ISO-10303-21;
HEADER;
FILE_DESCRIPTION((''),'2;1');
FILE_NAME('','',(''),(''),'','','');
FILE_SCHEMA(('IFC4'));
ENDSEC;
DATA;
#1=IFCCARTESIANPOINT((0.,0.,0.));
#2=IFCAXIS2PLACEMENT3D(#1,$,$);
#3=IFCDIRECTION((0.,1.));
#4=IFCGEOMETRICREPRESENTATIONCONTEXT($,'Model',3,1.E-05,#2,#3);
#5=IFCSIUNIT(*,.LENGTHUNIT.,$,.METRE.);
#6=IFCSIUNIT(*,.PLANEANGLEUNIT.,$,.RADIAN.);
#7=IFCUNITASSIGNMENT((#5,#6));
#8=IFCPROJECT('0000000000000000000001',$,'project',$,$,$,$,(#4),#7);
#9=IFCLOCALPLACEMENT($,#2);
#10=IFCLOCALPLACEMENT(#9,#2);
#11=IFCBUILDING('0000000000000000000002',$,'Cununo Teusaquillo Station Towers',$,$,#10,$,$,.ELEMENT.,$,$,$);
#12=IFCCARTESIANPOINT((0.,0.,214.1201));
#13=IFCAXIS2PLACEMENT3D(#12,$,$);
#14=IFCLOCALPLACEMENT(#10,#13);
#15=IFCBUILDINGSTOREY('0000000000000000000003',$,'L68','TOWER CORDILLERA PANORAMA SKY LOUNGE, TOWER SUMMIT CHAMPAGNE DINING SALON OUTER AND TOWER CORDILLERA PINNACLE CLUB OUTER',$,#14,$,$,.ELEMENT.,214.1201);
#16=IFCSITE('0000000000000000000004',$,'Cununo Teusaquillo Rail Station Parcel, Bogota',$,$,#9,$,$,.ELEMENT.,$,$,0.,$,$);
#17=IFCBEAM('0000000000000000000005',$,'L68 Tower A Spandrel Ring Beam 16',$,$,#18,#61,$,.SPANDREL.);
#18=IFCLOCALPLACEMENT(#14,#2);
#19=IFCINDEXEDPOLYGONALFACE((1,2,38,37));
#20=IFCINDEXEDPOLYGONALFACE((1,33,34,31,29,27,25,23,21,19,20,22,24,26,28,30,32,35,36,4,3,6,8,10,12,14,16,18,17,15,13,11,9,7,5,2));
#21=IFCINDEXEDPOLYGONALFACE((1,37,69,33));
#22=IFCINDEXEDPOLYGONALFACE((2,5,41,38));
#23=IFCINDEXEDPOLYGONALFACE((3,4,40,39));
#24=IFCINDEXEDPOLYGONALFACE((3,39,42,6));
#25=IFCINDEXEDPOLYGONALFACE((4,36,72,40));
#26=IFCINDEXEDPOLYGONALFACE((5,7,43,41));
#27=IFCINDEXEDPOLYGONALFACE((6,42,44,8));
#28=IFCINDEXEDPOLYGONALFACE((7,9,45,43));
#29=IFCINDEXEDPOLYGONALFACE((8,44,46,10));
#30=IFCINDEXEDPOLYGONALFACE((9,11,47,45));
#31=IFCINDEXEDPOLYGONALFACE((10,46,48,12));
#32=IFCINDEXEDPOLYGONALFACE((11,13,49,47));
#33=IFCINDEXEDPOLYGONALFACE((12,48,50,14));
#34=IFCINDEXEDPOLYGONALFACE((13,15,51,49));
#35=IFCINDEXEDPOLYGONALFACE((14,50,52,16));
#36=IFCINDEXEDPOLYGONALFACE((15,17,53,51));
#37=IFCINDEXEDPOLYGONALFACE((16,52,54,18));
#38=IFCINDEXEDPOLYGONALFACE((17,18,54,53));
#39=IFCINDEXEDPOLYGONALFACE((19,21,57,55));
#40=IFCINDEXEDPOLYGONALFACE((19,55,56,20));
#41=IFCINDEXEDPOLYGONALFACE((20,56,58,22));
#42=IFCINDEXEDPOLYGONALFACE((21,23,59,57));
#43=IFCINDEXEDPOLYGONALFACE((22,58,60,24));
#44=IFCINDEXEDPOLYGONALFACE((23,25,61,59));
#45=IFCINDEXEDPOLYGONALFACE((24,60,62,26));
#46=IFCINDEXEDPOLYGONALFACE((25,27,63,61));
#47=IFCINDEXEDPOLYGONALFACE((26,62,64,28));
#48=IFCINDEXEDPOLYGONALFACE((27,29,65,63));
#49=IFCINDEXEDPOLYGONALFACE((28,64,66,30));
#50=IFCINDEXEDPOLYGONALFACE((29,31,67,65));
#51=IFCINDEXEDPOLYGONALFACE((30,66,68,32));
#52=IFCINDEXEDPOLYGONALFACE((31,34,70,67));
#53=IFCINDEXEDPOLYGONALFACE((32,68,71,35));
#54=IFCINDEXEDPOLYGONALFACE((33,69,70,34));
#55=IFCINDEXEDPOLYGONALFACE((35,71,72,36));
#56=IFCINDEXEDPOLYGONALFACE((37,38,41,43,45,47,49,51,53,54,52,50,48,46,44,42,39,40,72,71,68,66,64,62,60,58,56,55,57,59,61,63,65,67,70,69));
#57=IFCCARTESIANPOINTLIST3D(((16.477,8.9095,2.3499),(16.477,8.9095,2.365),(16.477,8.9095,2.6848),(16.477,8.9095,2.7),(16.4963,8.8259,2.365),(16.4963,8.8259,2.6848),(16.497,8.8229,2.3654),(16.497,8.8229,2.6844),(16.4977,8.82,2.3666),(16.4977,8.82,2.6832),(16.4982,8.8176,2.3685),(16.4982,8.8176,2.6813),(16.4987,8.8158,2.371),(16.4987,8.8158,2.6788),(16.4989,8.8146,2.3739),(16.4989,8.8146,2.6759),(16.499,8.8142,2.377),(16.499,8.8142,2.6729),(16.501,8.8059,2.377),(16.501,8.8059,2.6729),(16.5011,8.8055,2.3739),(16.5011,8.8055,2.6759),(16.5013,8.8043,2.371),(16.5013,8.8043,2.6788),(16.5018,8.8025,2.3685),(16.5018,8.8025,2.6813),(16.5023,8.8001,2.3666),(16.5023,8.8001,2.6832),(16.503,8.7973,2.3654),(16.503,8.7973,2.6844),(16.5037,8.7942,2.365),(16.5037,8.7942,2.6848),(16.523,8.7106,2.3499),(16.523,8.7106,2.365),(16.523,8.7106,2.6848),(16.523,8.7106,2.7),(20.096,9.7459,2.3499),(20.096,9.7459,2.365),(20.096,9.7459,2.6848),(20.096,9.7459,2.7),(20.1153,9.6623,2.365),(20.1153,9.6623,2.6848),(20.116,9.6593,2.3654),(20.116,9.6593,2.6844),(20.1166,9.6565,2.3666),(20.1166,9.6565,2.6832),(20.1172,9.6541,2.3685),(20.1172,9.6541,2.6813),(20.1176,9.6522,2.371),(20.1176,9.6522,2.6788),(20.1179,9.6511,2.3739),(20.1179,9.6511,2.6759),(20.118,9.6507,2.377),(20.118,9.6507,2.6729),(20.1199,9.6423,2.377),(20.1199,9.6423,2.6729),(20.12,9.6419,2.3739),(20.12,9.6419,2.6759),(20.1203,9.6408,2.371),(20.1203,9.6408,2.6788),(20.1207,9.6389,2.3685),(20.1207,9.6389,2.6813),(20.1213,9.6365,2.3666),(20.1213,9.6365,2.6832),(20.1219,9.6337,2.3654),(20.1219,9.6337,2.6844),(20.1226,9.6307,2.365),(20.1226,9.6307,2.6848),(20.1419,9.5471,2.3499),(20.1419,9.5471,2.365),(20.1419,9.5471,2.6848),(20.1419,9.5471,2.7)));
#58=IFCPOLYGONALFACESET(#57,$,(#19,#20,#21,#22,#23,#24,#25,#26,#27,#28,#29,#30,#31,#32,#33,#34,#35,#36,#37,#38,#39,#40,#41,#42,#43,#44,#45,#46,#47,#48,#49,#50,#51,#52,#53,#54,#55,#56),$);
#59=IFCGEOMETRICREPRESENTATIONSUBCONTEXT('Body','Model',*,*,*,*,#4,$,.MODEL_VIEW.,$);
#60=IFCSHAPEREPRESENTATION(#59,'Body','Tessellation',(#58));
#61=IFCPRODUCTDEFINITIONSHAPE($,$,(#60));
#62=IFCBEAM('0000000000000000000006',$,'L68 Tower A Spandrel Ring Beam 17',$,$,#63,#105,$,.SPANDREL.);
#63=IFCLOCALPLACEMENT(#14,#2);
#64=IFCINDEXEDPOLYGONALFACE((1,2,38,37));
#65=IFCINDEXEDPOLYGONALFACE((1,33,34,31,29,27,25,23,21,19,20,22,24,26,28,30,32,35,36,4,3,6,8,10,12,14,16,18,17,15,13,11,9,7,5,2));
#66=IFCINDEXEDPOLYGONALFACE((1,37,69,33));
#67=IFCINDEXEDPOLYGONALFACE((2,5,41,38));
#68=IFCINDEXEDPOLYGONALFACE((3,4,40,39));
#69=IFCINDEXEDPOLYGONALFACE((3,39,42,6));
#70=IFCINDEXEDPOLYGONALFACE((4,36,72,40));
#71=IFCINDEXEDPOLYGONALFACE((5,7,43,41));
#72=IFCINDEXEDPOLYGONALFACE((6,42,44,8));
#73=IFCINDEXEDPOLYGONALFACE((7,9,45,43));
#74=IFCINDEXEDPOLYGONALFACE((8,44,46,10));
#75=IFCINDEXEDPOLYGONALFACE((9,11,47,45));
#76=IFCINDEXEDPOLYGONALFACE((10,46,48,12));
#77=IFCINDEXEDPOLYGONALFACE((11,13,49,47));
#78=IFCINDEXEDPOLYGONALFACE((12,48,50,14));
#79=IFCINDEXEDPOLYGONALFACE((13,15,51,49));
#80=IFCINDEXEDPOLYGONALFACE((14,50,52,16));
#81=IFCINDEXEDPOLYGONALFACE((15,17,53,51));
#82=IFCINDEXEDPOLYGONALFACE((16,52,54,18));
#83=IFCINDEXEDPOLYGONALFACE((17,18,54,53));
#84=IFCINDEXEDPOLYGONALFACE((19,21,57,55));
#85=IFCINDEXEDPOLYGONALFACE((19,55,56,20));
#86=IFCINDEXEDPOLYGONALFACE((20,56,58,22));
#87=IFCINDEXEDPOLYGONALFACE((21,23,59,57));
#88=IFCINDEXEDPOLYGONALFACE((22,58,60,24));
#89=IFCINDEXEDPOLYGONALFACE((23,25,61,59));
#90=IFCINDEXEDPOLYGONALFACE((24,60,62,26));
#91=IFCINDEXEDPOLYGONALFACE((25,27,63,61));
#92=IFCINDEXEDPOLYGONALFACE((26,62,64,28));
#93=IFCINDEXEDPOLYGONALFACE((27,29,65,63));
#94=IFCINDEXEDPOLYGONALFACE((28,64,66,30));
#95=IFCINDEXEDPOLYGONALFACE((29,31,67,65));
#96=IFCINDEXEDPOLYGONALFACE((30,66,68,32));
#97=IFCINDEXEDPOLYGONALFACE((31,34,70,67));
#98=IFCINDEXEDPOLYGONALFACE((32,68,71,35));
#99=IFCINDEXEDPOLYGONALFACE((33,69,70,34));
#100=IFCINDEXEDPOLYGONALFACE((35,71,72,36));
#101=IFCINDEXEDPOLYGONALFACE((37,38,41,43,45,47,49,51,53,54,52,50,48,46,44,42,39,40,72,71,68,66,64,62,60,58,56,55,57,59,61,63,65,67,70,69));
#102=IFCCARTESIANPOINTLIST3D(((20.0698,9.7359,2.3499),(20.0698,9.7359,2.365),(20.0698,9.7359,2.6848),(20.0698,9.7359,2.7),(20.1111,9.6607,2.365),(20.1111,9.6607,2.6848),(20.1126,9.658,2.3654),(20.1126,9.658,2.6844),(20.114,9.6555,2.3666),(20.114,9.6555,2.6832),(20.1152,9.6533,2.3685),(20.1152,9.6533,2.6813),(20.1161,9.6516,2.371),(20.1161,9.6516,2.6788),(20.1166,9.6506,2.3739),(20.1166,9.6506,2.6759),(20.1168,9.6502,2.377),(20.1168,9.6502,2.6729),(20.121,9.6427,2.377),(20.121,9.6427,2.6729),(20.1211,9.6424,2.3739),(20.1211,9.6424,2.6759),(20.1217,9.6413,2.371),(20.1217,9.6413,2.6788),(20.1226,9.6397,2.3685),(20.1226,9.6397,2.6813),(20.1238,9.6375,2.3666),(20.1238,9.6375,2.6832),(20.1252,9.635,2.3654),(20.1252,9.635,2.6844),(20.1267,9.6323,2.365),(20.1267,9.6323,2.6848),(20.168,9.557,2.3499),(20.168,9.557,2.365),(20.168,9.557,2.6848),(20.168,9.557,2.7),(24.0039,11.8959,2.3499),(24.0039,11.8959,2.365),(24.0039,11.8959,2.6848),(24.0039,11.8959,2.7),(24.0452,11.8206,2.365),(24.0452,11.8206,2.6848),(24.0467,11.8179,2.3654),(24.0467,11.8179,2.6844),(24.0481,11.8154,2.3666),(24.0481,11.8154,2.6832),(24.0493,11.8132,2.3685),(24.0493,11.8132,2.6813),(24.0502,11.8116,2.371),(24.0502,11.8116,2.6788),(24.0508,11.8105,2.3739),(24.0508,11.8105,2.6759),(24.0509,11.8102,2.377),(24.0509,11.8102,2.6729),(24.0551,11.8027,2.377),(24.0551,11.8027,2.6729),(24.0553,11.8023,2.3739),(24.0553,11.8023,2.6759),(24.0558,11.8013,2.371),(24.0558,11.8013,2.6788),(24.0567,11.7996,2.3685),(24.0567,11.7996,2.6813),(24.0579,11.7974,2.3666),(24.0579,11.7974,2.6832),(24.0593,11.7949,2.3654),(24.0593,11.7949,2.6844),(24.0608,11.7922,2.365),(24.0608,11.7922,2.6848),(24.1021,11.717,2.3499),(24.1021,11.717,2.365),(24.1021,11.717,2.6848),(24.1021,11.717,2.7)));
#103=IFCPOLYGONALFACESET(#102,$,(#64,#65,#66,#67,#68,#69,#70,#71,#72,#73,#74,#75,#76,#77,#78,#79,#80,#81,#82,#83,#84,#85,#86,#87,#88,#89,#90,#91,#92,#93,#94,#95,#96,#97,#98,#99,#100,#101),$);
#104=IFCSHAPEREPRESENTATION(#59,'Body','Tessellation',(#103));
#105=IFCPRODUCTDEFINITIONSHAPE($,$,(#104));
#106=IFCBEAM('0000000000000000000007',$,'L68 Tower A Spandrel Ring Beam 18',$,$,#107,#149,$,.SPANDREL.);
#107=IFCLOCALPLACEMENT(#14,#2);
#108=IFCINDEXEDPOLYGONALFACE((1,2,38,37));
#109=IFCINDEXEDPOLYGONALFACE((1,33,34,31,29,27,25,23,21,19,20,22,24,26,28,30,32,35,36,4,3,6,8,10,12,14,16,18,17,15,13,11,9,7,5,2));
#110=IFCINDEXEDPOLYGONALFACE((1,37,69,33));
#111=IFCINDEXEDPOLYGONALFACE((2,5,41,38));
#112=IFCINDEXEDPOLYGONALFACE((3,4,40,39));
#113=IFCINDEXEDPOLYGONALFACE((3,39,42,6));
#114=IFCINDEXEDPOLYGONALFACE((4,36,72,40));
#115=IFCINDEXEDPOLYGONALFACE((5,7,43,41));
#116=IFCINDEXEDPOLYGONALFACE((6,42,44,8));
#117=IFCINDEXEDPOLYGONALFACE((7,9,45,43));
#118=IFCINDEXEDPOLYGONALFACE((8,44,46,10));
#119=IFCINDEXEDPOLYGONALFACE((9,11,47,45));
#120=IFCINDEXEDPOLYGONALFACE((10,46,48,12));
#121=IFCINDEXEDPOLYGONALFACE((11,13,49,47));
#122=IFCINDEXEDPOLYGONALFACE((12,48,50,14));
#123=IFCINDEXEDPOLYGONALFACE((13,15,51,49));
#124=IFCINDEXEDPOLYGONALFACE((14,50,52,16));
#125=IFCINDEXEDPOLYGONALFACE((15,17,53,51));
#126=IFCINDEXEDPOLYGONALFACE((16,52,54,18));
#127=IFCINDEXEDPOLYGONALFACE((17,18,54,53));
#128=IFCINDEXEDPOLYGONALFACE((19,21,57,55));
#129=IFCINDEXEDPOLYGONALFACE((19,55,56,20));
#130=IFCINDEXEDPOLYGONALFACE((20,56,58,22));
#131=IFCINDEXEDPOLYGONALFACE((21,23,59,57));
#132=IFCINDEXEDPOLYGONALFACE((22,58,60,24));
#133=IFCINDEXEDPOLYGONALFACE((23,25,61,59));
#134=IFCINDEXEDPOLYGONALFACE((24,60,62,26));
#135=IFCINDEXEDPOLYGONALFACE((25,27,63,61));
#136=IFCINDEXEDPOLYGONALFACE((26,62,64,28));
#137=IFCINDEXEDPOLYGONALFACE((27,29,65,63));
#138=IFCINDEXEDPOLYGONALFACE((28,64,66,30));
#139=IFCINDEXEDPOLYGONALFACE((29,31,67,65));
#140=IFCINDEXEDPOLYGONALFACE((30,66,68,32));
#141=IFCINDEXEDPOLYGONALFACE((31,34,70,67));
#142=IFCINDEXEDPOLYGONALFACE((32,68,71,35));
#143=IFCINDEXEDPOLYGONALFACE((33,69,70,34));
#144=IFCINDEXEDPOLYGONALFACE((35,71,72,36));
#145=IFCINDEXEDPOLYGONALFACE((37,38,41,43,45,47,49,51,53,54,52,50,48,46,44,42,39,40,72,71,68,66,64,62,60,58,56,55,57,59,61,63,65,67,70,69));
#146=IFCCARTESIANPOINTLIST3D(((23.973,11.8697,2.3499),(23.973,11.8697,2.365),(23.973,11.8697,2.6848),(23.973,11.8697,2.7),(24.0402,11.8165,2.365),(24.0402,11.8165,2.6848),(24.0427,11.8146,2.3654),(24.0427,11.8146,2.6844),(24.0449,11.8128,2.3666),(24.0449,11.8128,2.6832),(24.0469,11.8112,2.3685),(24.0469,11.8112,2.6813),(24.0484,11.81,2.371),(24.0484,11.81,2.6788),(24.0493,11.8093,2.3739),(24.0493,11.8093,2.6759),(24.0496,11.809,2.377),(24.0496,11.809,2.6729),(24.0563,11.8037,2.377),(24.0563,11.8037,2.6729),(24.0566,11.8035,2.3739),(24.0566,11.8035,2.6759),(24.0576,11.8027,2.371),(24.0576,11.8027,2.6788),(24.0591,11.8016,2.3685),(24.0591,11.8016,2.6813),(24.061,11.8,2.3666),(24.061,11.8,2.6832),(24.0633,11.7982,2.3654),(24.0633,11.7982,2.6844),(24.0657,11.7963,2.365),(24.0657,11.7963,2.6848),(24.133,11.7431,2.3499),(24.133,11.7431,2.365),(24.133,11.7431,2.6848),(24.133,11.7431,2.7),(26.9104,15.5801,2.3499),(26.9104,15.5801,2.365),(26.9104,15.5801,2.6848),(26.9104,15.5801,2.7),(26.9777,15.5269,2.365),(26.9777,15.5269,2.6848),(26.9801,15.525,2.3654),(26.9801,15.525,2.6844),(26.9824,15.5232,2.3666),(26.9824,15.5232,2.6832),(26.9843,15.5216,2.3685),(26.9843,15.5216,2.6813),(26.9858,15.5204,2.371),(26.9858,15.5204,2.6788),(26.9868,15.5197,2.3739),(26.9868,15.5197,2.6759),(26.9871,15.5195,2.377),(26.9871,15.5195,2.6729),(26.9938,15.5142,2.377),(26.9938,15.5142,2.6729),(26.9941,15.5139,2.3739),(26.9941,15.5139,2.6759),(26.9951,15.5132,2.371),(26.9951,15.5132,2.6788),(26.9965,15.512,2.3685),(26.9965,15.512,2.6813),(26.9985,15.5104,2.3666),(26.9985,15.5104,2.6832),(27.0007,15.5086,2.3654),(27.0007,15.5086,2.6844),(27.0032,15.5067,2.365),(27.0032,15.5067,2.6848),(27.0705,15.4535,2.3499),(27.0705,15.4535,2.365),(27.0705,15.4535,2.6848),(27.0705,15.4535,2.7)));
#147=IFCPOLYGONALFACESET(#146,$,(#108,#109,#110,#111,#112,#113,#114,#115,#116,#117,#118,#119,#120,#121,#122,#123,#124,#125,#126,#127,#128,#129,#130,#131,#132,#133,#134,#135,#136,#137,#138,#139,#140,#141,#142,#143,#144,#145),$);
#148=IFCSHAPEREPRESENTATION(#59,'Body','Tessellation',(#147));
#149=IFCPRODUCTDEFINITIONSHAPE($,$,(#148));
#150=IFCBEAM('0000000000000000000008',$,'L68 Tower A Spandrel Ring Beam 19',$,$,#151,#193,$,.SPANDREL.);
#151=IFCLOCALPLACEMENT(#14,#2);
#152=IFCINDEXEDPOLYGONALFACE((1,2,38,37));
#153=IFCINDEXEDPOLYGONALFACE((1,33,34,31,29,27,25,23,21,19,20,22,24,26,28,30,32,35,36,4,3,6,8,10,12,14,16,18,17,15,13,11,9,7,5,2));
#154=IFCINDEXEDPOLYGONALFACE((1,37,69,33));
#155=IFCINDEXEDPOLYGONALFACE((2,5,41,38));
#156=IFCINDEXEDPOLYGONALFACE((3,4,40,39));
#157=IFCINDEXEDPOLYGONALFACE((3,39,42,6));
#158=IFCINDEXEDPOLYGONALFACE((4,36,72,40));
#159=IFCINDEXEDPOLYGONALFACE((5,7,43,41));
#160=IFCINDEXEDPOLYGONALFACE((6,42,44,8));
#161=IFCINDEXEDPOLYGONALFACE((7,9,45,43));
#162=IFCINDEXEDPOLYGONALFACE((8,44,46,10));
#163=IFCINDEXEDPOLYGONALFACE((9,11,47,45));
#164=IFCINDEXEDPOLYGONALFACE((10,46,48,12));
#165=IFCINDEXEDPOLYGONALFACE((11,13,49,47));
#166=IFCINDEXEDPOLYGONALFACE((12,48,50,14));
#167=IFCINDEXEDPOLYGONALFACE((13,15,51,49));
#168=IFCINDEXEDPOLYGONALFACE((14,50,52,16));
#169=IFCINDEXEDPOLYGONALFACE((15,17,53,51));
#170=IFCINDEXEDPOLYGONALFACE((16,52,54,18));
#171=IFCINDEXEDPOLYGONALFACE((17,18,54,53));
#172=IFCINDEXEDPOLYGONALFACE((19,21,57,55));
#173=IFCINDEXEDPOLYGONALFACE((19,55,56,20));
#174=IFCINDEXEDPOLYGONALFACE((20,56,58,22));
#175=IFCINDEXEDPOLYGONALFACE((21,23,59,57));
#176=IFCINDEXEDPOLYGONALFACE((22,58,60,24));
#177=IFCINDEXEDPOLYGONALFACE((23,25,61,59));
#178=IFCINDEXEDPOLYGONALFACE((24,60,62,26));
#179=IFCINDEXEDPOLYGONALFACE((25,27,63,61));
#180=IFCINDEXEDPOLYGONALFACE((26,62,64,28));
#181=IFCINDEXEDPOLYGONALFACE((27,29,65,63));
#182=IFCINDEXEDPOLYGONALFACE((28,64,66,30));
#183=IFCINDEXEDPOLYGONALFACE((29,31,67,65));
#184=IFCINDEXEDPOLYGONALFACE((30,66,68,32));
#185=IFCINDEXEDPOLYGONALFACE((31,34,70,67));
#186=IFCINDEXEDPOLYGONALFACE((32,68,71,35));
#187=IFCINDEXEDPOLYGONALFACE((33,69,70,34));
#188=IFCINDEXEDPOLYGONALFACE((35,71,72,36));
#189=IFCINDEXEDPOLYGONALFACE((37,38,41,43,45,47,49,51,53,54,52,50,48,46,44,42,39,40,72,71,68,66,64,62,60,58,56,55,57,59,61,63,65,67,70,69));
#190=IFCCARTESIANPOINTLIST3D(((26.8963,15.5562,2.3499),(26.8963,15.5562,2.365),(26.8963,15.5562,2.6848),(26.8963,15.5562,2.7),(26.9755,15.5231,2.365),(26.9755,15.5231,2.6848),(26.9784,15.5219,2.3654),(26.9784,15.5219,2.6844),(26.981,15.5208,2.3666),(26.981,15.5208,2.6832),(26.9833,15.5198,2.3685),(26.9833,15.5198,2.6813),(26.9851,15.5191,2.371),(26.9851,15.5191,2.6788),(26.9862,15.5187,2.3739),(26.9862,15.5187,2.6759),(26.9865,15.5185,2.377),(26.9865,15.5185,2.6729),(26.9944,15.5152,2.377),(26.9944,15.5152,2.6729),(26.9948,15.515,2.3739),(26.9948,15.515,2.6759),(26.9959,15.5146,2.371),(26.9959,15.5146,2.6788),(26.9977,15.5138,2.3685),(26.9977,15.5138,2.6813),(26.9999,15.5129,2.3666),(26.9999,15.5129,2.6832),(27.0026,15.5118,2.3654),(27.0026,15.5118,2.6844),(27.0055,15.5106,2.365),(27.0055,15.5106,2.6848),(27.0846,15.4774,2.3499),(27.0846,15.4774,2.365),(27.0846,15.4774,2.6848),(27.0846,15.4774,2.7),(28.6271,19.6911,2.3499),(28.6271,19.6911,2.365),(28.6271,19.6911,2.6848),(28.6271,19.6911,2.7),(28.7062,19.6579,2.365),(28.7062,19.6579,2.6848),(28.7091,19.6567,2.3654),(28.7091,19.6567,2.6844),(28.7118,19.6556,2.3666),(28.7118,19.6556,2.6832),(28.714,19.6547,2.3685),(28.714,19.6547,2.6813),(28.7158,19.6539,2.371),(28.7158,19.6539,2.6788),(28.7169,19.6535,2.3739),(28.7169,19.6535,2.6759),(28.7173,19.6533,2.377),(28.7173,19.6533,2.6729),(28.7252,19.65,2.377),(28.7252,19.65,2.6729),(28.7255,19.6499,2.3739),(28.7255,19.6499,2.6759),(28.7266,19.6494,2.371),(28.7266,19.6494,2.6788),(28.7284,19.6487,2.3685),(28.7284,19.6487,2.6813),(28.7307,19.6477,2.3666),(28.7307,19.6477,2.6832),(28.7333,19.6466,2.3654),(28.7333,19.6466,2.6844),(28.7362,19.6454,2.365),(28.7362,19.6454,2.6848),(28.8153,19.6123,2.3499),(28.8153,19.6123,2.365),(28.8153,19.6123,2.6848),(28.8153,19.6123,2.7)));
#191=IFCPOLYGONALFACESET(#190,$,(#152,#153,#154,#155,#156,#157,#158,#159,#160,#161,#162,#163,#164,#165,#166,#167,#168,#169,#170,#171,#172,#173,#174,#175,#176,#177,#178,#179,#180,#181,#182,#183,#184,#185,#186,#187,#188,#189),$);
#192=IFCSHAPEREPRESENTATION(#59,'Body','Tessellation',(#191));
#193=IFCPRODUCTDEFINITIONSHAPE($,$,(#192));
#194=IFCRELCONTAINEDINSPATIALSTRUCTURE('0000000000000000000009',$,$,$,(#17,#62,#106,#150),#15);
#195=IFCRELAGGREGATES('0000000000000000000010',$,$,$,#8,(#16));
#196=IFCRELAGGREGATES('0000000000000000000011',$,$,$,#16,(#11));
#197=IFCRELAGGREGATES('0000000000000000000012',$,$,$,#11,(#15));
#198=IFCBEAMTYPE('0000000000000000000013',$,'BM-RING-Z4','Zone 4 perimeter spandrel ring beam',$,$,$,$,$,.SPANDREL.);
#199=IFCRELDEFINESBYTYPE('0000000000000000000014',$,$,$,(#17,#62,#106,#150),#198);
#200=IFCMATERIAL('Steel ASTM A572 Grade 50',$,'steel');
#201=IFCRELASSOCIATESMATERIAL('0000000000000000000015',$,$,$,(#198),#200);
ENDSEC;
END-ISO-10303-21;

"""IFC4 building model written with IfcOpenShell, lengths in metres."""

from ifc_helpers import new_model, si_unit, direction, frame, origin, origin_2d, place, context, subcontext, project, spatial, i_section, extrude, material, material_profile, profile_set, type_object, element, save


model = new_model("IFC4")

# Units and contexts
model_context = context("Model", 3, precision=1e-05, world=origin(), true_north=direction((0.0, 1.0)))
body_context = subcontext(model_context, "Body", "Model", "MODEL_VIEW")
ifc_project = project(units=[si_unit("LENGTHUNIT", "METRE"), si_unit("PLANEANGLEUNIT", "RADIAN")], contexts=[model_context])

# Site, building, storey
site_placement = place(None, origin())
site = spatial("IfcSite", under=ifc_project, at=site_placement, Name="Cununo Teusaquillo Rail Station Parcel, Bogota", CompositionType="ELEMENT", RefElevation=0.0)
building_placement = place(site_placement, origin())
building = spatial("IfcBuilding", under=site, at=building_placement, Name="Cununo Teusaquillo Station Towers", CompositionType="ELEMENT")
storey_placement = place(building_placement, frame((0.0, 0.0, 214.1201)))
storey = spatial("IfcBuildingStorey", under=building, at=storey_placement, Name="L68", Description="TOWER CORDILLERA PANORAMA SKY LOUNGE, TOWER SUMMIT CHAMPAGNE DINING SALON OUTER AND TOWER CORDILLERA PINNACLE CLUB OUTER", CompositionType="ELEMENT", Elevation=214.1201)

# Beams
ifc_material_1 = material(Name="Steel ASTM A572 Grade 50", Category="steel")
ifc_material_profile_1 = material_profile(ifc_material_1, i_section(OverallWidth=0.2041, OverallDepth=0.3501, WebThickness=0.0085, FlangeThickness=0.0151, FilletRadius=0.012, at=origin_2d()), Name="W14X48")
ifc_profile_set_1 = profile_set([ifc_material_profile_1], Name="Steel ASTM A572 Grade 50")
beam_type_1 = type_object("IfcBeamType", Name="BM-RING-Z4", Description="Zone 4 perimeter spandrel ring beam", PredefinedType="SPANDREL", material=ifc_profile_set_1)
beam_1_placement = place(storey_placement, frame((16.5, 8.8101, 2.5249), z_axis=(0.974315, 0.225191, 0.0), x_axis=(-0.225191, 0.974315, 0.0)))
element("IfcBeam", 1, at=beam_1_placement, inside=storey, type_object=beam_type_1, Name="L68 Tower A Spandrel Ring Beam 16", PredefinedType="SPANDREL", context=body_context, shape_type="SweptSolid", body=[
    extrude(i_section(OverallWidth=0.2041, OverallDepth=0.3501, WebThickness=0.0085, FlangeThickness=0.0151, FilletRadius=0.012, at=origin_2d()), origin(), (0.0, 0.0, 1.0), 3.7144),
])
beam_2_placement = place(storey_placement, frame((20.1189, 9.6465, 2.5249), z_axis=(0.876576, 0.481263, 0.0), x_axis=(-0.481263, 0.876576, 0.0)))
element("IfcBeam", 2, at=beam_2_placement, inside=storey, type_object=beam_type_1, Name="L68 Tower A Spandrel Ring Beam 17", PredefinedType="SPANDREL", context=body_context, shape_type="SweptSolid", body=[
    extrude(i_section(OverallWidth=0.2041, OverallDepth=0.3501, WebThickness=0.0085, FlangeThickness=0.0151, FilletRadius=0.012, at=origin_2d()), origin(), (0.0, 0.0, 1.0), 4.488),
])
beam_3_placement = place(storey_placement, frame((24.053, 11.8064, 2.5249), z_axis=(0.620711, 0.78404, 0.0), x_axis=(-0.78404, 0.620711, 0.0)))
element("IfcBeam", 3, at=beam_3_placement, inside=storey, type_object=beam_type_1, Name="L68 Tower A Spandrel Ring Beam 18", PredefinedType="SPANDREL", context=body_context, shape_type="SweptSolid", body=[
    extrude(i_section(OverallWidth=0.2041, OverallDepth=0.3501, WebThickness=0.0085, FlangeThickness=0.0151, FilletRadius=0.012, at=origin_2d()), origin(), (0.0, 0.0, 1.0), 4.7324),
])
beam_4_placement = place(storey_placement, frame((26.9905, 15.5168, 2.5249), z_axis=(0.386115, 0.92245, 0.0), x_axis=(-0.92245, 0.386115, 0.0)))
element("IfcBeam", 4, at=beam_4_placement, inside=storey, type_object=beam_type_1, Name="L68 Tower A Spandrel Ring Beam 19", PredefinedType="SPANDREL", context=body_context, shape_type="SweptSolid", body=[
    extrude(i_section(OverallWidth=0.2041, OverallDepth=0.3501, WebThickness=0.0085, FlangeThickness=0.0151, FilletRadius=0.012, at=origin_2d()), origin(), (0.0, 0.0, 1.0), 4.4824),
])

save(model, "model.ifc")
